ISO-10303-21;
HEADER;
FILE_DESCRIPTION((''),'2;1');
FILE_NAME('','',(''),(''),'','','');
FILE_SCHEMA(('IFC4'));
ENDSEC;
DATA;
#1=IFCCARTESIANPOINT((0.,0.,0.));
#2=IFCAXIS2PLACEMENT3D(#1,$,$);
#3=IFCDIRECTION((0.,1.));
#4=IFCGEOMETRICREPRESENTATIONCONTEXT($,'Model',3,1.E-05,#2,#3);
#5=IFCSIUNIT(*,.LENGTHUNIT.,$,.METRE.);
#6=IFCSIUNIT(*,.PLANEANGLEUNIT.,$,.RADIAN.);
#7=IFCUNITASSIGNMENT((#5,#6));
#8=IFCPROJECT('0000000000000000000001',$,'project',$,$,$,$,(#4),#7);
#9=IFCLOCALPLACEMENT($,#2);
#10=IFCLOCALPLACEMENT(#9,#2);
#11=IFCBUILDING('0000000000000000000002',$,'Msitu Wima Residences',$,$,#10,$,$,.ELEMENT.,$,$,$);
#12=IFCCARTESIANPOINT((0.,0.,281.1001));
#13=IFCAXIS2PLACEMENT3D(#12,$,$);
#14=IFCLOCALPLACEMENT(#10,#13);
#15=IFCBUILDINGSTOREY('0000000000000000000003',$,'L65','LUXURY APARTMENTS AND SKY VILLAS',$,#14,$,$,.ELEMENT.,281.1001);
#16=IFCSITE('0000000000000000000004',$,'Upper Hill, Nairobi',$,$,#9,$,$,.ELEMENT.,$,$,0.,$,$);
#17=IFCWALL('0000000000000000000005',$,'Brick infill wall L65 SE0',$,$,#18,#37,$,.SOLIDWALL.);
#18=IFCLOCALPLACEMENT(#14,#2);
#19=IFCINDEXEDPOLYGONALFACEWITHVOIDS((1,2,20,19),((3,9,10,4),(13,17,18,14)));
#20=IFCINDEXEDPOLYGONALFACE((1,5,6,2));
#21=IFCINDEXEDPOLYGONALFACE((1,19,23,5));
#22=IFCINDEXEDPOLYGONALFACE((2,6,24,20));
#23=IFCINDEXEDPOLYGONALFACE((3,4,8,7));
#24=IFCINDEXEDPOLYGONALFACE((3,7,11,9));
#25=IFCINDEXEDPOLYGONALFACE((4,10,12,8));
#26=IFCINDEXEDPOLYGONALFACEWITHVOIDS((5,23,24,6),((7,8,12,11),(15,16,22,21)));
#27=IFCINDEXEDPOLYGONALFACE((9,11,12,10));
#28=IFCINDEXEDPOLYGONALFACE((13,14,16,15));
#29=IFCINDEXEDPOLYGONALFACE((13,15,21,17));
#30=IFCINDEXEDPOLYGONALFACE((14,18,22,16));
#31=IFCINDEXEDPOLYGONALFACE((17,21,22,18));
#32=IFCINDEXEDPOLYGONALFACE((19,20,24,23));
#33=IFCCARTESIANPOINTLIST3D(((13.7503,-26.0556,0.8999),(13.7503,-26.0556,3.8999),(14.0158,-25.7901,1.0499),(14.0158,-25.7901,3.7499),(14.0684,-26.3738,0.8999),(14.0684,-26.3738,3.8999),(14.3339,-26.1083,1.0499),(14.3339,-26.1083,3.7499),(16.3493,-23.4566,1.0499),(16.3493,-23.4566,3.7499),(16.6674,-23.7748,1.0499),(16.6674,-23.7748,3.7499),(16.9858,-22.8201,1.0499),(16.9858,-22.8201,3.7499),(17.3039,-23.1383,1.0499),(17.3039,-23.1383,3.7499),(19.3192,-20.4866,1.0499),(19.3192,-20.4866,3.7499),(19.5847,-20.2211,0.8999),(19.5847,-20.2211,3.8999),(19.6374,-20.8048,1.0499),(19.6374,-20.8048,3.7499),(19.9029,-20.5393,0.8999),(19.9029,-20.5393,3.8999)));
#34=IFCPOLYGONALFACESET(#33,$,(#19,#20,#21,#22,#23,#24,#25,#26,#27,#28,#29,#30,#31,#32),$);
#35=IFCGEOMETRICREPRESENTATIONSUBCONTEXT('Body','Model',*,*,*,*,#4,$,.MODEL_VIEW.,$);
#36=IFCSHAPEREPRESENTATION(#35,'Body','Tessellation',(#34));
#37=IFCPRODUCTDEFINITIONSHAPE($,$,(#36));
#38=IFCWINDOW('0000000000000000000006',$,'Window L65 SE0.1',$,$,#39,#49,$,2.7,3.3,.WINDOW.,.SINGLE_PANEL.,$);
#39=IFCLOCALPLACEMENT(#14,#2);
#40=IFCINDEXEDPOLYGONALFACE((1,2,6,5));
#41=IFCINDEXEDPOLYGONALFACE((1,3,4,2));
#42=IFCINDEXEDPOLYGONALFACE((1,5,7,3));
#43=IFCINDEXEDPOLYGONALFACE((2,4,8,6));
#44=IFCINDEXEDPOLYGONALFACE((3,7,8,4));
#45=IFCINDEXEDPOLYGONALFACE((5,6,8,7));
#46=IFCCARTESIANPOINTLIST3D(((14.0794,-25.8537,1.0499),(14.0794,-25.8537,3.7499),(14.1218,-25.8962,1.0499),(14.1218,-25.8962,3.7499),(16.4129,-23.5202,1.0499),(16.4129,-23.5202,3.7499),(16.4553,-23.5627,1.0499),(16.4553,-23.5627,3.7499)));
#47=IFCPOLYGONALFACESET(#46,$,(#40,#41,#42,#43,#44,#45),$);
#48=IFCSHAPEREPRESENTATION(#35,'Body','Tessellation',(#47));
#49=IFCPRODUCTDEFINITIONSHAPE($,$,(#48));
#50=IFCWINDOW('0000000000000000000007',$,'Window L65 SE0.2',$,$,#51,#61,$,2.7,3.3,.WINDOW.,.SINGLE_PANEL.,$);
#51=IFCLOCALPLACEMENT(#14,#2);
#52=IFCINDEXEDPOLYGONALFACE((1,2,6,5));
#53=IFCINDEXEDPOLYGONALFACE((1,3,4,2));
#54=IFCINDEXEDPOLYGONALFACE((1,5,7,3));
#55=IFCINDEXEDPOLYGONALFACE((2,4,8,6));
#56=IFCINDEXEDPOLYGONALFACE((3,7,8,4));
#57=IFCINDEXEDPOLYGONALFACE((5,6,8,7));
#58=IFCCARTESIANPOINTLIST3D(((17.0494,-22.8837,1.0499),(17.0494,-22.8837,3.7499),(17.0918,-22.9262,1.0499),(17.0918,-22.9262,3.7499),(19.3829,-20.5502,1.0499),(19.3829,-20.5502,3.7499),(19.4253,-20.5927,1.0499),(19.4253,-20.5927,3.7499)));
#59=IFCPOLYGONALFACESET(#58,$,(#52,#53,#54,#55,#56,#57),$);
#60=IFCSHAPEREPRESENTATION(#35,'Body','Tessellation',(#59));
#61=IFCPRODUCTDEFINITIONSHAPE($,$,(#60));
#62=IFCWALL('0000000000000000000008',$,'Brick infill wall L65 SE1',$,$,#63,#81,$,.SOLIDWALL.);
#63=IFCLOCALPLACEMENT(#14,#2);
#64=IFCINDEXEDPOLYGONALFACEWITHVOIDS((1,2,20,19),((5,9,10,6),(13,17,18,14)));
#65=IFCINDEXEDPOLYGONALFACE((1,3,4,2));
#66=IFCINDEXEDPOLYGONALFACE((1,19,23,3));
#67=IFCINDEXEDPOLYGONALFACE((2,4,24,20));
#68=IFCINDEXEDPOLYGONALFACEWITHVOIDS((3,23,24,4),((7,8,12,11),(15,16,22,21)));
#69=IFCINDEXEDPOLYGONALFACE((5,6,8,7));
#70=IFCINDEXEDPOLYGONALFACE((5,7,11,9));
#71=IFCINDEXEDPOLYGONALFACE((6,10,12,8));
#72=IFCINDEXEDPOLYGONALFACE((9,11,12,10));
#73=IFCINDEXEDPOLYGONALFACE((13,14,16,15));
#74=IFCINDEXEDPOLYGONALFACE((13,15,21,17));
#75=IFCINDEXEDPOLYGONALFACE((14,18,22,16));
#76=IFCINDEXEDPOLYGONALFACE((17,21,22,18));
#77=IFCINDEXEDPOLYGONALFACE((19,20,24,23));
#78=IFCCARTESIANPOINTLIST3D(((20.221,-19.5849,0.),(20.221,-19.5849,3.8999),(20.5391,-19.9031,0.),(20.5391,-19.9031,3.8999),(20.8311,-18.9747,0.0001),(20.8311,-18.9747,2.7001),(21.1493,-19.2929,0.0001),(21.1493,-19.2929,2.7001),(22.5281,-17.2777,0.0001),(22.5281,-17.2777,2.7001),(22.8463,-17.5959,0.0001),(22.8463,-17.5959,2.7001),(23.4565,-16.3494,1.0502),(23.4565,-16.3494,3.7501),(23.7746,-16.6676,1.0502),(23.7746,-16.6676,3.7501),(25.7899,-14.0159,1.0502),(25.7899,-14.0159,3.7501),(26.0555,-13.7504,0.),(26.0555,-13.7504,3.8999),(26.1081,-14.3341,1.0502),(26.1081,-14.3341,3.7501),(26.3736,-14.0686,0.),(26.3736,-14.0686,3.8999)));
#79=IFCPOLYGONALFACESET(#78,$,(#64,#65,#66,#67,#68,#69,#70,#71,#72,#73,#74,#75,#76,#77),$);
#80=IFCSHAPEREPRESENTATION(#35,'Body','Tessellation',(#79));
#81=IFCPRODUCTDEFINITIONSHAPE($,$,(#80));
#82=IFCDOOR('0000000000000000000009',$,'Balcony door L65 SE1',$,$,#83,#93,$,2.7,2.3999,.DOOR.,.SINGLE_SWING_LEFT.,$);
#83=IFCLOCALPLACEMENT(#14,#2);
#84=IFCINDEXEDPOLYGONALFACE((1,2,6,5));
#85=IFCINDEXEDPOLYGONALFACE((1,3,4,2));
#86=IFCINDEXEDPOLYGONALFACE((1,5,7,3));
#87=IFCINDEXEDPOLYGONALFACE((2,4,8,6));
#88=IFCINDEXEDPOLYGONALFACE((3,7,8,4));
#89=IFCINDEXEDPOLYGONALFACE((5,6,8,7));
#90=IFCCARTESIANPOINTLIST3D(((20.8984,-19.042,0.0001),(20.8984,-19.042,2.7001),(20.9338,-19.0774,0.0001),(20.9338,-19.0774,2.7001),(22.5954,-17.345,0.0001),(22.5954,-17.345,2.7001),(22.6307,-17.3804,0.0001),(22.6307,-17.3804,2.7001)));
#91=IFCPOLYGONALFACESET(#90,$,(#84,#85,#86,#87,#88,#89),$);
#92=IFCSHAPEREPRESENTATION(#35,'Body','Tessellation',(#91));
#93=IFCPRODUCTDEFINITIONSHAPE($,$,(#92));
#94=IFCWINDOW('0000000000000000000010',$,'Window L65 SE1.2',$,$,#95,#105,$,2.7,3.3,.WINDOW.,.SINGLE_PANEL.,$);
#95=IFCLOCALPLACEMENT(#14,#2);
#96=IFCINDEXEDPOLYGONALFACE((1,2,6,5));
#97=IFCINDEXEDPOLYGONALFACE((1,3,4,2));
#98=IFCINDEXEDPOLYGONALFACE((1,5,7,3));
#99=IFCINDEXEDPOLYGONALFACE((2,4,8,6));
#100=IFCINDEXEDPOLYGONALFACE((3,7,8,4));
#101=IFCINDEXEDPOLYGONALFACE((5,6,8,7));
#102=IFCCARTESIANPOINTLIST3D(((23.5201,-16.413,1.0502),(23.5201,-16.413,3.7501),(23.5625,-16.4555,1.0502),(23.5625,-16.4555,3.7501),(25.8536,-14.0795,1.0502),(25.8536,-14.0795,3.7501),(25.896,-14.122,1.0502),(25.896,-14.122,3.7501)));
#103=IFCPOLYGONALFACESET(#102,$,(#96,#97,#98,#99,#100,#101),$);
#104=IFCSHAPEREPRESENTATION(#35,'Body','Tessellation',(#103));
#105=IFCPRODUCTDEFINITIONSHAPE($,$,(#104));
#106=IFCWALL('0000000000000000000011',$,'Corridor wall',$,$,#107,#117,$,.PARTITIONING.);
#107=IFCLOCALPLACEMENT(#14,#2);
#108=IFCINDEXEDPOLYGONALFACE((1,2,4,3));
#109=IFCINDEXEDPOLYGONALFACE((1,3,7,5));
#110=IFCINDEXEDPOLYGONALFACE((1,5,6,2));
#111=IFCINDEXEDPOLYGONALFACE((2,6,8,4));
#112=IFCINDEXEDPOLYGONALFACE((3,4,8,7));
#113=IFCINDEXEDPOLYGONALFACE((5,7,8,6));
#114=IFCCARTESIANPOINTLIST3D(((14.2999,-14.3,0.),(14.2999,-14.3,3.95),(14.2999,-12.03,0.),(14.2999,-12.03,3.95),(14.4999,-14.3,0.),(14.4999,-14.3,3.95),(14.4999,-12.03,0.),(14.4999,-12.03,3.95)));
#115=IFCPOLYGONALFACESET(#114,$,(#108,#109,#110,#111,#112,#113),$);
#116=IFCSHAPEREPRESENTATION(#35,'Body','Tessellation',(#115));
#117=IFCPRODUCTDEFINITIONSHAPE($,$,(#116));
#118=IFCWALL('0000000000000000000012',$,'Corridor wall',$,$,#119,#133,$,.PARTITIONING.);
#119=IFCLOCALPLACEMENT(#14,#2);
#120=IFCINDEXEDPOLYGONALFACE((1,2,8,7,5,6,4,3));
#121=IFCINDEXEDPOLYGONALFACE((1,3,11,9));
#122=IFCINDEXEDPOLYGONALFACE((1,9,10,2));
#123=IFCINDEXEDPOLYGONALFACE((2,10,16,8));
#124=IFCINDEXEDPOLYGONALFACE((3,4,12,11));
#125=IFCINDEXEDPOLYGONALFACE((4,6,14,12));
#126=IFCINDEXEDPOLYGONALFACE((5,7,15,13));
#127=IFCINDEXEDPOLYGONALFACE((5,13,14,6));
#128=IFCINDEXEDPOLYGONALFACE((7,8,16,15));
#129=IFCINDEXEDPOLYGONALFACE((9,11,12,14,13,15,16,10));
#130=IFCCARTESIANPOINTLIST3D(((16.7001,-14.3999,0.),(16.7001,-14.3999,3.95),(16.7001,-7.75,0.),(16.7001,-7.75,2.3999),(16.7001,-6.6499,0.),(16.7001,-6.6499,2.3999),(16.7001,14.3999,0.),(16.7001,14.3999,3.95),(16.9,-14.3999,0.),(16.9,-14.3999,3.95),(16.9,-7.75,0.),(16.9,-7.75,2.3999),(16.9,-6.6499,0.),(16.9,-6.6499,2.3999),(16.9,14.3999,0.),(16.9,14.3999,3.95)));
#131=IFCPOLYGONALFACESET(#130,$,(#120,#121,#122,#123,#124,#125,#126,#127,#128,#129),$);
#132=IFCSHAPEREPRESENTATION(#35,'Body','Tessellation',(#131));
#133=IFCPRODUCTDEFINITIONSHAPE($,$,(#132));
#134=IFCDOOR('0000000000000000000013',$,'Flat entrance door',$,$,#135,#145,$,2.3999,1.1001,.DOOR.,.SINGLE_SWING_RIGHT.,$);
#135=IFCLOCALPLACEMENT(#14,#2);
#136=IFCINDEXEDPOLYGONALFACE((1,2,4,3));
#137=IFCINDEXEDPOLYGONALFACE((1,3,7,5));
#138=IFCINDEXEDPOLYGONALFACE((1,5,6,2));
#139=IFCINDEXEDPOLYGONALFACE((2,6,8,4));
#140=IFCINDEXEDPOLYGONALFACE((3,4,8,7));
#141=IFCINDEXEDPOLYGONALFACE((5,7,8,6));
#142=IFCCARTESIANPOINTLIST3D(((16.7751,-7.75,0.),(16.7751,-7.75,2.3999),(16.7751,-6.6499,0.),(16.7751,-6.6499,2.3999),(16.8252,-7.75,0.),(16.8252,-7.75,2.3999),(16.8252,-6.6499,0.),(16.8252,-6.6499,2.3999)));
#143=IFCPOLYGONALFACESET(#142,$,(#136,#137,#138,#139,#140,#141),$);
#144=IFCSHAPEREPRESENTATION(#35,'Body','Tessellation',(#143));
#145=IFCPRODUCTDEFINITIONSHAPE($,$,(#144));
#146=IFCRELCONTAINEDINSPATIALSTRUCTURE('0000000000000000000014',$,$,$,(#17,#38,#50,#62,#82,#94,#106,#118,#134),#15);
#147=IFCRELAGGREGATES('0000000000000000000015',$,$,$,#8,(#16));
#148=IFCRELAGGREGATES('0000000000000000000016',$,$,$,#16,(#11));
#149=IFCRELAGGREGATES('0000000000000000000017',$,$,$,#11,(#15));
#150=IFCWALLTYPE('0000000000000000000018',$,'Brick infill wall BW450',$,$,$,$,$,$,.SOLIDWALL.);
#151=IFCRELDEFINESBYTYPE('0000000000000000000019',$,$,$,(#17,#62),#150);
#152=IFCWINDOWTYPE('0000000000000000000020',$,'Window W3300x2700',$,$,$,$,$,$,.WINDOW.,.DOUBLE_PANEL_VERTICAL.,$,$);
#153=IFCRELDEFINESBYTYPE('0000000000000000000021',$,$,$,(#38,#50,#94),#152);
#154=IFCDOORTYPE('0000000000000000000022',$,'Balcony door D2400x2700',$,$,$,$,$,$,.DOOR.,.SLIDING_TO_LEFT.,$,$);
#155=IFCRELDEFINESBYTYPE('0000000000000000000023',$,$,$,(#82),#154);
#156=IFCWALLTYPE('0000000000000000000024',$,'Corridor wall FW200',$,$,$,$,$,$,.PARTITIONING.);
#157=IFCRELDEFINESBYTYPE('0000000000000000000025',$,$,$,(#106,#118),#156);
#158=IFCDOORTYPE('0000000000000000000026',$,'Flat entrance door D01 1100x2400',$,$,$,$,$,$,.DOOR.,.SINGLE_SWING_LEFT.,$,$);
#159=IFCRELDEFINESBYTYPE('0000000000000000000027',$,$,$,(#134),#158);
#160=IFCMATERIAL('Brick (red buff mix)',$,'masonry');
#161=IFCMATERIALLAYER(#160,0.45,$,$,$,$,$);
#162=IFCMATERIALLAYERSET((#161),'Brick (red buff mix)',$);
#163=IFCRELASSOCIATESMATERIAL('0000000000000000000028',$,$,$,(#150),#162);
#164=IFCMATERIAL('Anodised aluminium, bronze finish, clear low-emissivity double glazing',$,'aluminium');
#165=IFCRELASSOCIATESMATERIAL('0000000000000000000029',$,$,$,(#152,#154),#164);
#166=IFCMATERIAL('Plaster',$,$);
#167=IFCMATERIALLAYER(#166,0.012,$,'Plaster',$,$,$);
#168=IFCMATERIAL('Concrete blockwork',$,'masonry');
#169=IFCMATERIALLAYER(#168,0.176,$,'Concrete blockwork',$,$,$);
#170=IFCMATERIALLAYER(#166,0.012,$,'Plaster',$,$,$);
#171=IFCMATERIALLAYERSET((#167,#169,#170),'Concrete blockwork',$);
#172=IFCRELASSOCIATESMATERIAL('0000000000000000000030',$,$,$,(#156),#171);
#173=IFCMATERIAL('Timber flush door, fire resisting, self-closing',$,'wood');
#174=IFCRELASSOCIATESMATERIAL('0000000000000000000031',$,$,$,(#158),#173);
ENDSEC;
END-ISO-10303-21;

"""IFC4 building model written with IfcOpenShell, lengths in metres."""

from ifc_helpers import new_model, si_unit, direction, frame, frame_2d, origin, place, context, subcontext, project, spatial, rectangle, extrude, material, layer, layer_set, type_object, element, fill, save


model = new_model("IFC4")

# Units and contexts
model_context = context("Model", 3, precision=1e-05, world=origin(), true_north=direction((0.0, 1.0)))
body_context = subcontext(model_context, "Body", "Model", "MODEL_VIEW")
ifc_project = project(units=[si_unit("LENGTHUNIT", "METRE"), si_unit("PLANEANGLEUNIT", "RADIAN")], contexts=[model_context])

# Site, building, storey
site_placement = place(None, origin())
site = spatial("IfcSite", under=ifc_project, at=site_placement, Name="Upper Hill, Nairobi", CompositionType="ELEMENT", RefElevation=0.0)
building_placement = place(site_placement, origin())
building = spatial("IfcBuilding", under=site, at=building_placement, Name="Msitu Wima Residences", CompositionType="ELEMENT")
storey_placement = place(building_placement, frame((0.0, 0.0, 281.1001)))
storey = spatial("IfcBuildingStorey", under=building, at=storey_placement, Name="L65", Description="LUXURY APARTMENTS AND SKY VILLAS", CompositionType="ELEMENT", Elevation=281.1001)

# Wall, openings, windows
ifc_material_1 = material(Name="Brick (red buff mix)", Category="masonry")
ifc_layer_1 = layer(ifc_material_1, 0.45)
ifc_layer_set_1 = layer_set([ifc_layer_1], Name="Brick (red buff mix)")
wall_type_1 = type_object("IfcWallType", Name="Brick infill wall BW450", PredefinedType="SOLIDWALL", material=ifc_layer_set_1)
wall_1_placement = place(storey_placement, frame((13.9094, -26.2146, 0.8999), z_axis=(0.0, 0.0, 1.0), x_axis=(0.707107, 0.707107, 0.0)))
wall_1 = element("IfcWall", 1, at=wall_1_placement, inside=storey, type_object=wall_type_1, Name="Brick infill wall L65 SE0", PredefinedType="SOLIDWALL", context=body_context, shape_type="SweptSolid", body=[
    extrude(rectangle(XDim=8.2512, YDim=0.45, at=frame_2d((4.1255, 0.0))), origin(), (0.0, 0.0, 1.0), 3.0),
])
opening_1_placement = place(wall_1_placement, frame((0.3755, 0.0, 0.1499)))
opening_1 = element("IfcOpeningElement", 2, at=opening_1_placement, cuts=wall_1, PredefinedType="OPENING", context=body_context, shape_type="SweptSolid", body=[
    extrude(rectangle(XDim=3.3, YDim=2.7, at=frame_2d((1.6499, 1.3501))), frame((0.0, 0.2349, 0.0), z_axis=(0.0, -1.0, 0.0), x_axis=(1.0, 0.0, 0.0)), (0.0, 0.0, 1.0), 0.47),
])
opening_2_placement = place(wall_1_placement, frame((4.5757, 0.0, 0.1499)))
opening_2 = element("IfcOpeningElement", 3, at=opening_2_placement, cuts=wall_1, PredefinedType="OPENING", context=body_context, shape_type="SweptSolid", body=[
    extrude(rectangle(XDim=3.3, YDim=2.7, at=frame_2d((1.6499, 1.3501))), frame((0.0, 0.2349, 0.0), z_axis=(0.0, -1.0, 0.0), x_axis=(1.0, 0.0, 0.0)), (0.0, 0.0, 1.0), 0.47),
])
ifc_material_2 = material(Name="Anodised aluminium, bronze finish, clear low-emissivity double glazing", Category="aluminium")
window_type = type_object("IfcWindowType", Name="Window W3300x2700", PartitioningType="DOUBLE_PANEL_VERTICAL", PredefinedType="WINDOW", material=ifc_material_2)
window_1_placement = place(opening_1_placement, origin())
window_1 = element("IfcWindow", 4, at=window_1_placement, inside=storey, type_object=window_type, Name="Window L65 SE0.1", OverallHeight=2.7, OverallWidth=3.3, PartitioningType="SINGLE_PANEL", PredefinedType="WINDOW", context=body_context, shape_type="SweptSolid", body=[
    extrude(rectangle(XDim=3.3, YDim=2.7, at=frame_2d((1.6499, 1.3501))), frame((0.0, 0.135, 0.0), z_axis=(0.0, -1.0, 0.0), x_axis=(1.0, 0.0, 0.0)), (0.0, 0.0, 1.0), 0.0601),
])
fill(opening_1, window_1)
window_2_placement = place(opening_2_placement, origin())
window_2 = element("IfcWindow", 5, at=window_2_placement, inside=storey, type_object=window_type, Name="Window L65 SE0.2", OverallHeight=2.7, OverallWidth=3.3, PartitioningType="SINGLE_PANEL", PredefinedType="WINDOW", context=body_context, shape_type="SweptSolid", body=[
    extrude(rectangle(XDim=3.3, YDim=2.7, at=frame_2d((1.6499, 1.3501))), frame((0.0, 0.135, 0.0), z_axis=(0.0, -1.0, 0.0), x_axis=(1.0, 0.0, 0.0)), (0.0, 0.0, 1.0), 0.0601),
])
fill(opening_2, window_2)

# Wall, openings, door, window
wall_2_placement = place(storey_placement, frame((20.3801, -19.7439, 0.0), z_axis=(0.0, 0.0, 1.0), x_axis=(0.707107, 0.707107, 0.0)))
wall_2 = element("IfcWall", 6, at=wall_2_placement, inside=storey, type_object=wall_type_1, Name="Brick infill wall L65 SE1", PredefinedType="SOLIDWALL", context=body_context, shape_type="SweptSolid", body=[
    extrude(rectangle(XDim=8.2512, YDim=0.45, at=frame_2d((4.1255, 0.0))), origin(), (0.0, 0.0, 1.0), 3.8999),
])
opening_3_placement = place(wall_2_placement, frame((0.8628, 0.0, 0.0)))
opening_3 = element("IfcOpeningElement", 7, at=opening_3_placement, cuts=wall_2, PredefinedType="OPENING", context=body_context, shape_type="SweptSolid", body=[
    extrude(rectangle(XDim=2.3999, YDim=2.7, at=frame_2d((1.2, 1.3501))), frame((0.0, 0.2349, 0.0), z_axis=(0.0, -1.0, 0.0), x_axis=(1.0, 0.0, 0.0)), (0.0, 0.0, 1.0), 0.47),
])
opening_4_placement = place(wall_2_placement, frame((4.5757, 0.0, 1.05)))
opening_4 = element("IfcOpeningElement", 8, at=opening_4_placement, cuts=wall_2, PredefinedType="OPENING", context=body_context, shape_type="SweptSolid", body=[
    extrude(rectangle(XDim=3.3, YDim=2.7, at=frame_2d((1.6499, 1.3501))), frame((0.0, 0.2349, 0.0), z_axis=(0.0, -1.0, 0.0), x_axis=(1.0, 0.0, 0.0)), (0.0, 0.0, 1.0), 0.47),
])
door_type_1 = type_object("IfcDoorType", Name="Balcony door D2400x2700", OperationType="SLIDING_TO_LEFT", PredefinedType="DOOR", material=ifc_material_2)
door_1_placement = place(opening_3_placement, origin())
door_1 = element("IfcDoor", 9, at=door_1_placement, inside=storey, type_object=door_type_1, Name="Balcony door L65 SE1", OperationType="SINGLE_SWING_LEFT", OverallHeight=2.7, OverallWidth=2.3999, PredefinedType="DOOR", context=body_context, shape_type="SweptSolid", body=[
    extrude(rectangle(XDim=2.3999, YDim=2.7, at=frame_2d((1.2, 1.3501))), frame((0.0, 0.1299, 0.0), z_axis=(0.0, -1.0, 0.0), x_axis=(1.0, 0.0, 0.0)), (0.0, 0.0, 1.0), 0.05),
])
fill(opening_3, door_1)
window_3_placement = place(opening_4_placement, origin())
window_3 = element("IfcWindow", 10, at=window_3_placement, inside=storey, type_object=window_type, Name="Window L65 SE1.2", OverallHeight=2.7, OverallWidth=3.3, PartitioningType="SINGLE_PANEL", PredefinedType="WINDOW", context=body_context, shape_type="SweptSolid", body=[
    extrude(rectangle(XDim=3.3, YDim=2.7, at=frame_2d((1.6499, 1.3501))), frame((0.0, 0.135, 0.0), z_axis=(0.0, -1.0, 0.0), x_axis=(1.0, 0.0, 0.0)), (0.0, 0.0, 1.0), 0.0601),
])
fill(opening_4, window_3)

# Wall
ifc_material_3 = material(Name="Plaster")
ifc_layer_2 = layer(ifc_material_3, 0.012, Name="Plaster")
ifc_material_4 = material(Name="Concrete blockwork", Category="masonry")
ifc_layer_3 = layer(ifc_material_4, 0.176, Name="Concrete blockwork")
ifc_layer_4 = layer(ifc_material_3, 0.012, Name="Plaster")
ifc_layer_set_2 = layer_set([ifc_layer_2, ifc_layer_3, ifc_layer_4], Name="Concrete blockwork")
wall_type_2 = type_object("IfcWallType", Name="Corridor wall FW200", PredefinedType="PARTITIONING", material=ifc_layer_set_2)
wall_3_placement = place(storey_placement, frame((14.3999, -14.3, 0.0), z_axis=(0.0, 0.0, 1.0), x_axis=(0.0, 1.0, 0.0)))
element("IfcWall", 11, at=wall_3_placement, inside=storey, type_object=wall_type_2, Name="Corridor wall", PredefinedType="PARTITIONING", context=body_context, shape_type="SweptSolid", body=[
    extrude(rectangle(XDim=2.27, YDim=0.2, at=frame_2d((1.135, 0.0))), origin(), (0.0, 0.0, 1.0), 3.95),
])

# Wall, opening, door
ifc_material_5 = material(Name="Timber flush door, fire resisting, self-closing", Category="wood")
door_type_2 = type_object("IfcDoorType", Name="Flat entrance door D01 1100x2400", OperationType="SINGLE_SWING_LEFT", PredefinedType="DOOR", material=ifc_material_5)
wall_4_placement = place(storey_placement, frame((16.8, -14.3999, 0.0), z_axis=(0.0, 0.0, 1.0), x_axis=(0.0, 1.0, 0.0)))
wall_4 = element("IfcWall", 12, at=wall_4_placement, inside=storey, type_object=wall_type_2, Name="Corridor wall", PredefinedType="PARTITIONING", context=body_context, shape_type="SweptSolid", body=[
    extrude(rectangle(XDim=28.7998, YDim=0.2, at=frame_2d((14.3999, 0.0))), origin(), (0.0, 0.0, 1.0), 3.95),
])
opening_5_placement = place(wall_4_placement, frame((6.6499, 0.0, 0.0)))
opening_5 = element("IfcOpeningElement", 13, at=opening_5_placement, cuts=wall_4, PredefinedType="OPENING", context=body_context, shape_type="SweptSolid", body=[
    extrude(rectangle(XDim=1.1001, YDim=2.3999, at=frame_2d((0.55, 1.2))), frame((0.0, 0.1099, 0.0), z_axis=(0.0, -1.0, 0.0), x_axis=(1.0, 0.0, 0.0)), (0.0, 0.0, 1.0), 0.22),
])
door_2_placement = place(opening_5_placement, origin())
door_2 = element("IfcDoor", 14, at=door_2_placement, inside=storey, type_object=door_type_2, Name="Flat entrance door", OperationType="SINGLE_SWING_RIGHT", OverallHeight=2.3999, OverallWidth=1.1001, PredefinedType="DOOR", context=body_context, shape_type="SweptSolid", body=[
    extrude(rectangle(XDim=1.1001, YDim=2.3999, at=frame_2d((0.55, 1.2))), frame((0.0, 0.0249, 0.0), z_axis=(0.0, -1.0, 0.0), x_axis=(1.0, 0.0, 0.0)), (0.0, 0.0, 1.0), 0.05),
])
fill(opening_5, door_2)

save(model, "model.ifc")
